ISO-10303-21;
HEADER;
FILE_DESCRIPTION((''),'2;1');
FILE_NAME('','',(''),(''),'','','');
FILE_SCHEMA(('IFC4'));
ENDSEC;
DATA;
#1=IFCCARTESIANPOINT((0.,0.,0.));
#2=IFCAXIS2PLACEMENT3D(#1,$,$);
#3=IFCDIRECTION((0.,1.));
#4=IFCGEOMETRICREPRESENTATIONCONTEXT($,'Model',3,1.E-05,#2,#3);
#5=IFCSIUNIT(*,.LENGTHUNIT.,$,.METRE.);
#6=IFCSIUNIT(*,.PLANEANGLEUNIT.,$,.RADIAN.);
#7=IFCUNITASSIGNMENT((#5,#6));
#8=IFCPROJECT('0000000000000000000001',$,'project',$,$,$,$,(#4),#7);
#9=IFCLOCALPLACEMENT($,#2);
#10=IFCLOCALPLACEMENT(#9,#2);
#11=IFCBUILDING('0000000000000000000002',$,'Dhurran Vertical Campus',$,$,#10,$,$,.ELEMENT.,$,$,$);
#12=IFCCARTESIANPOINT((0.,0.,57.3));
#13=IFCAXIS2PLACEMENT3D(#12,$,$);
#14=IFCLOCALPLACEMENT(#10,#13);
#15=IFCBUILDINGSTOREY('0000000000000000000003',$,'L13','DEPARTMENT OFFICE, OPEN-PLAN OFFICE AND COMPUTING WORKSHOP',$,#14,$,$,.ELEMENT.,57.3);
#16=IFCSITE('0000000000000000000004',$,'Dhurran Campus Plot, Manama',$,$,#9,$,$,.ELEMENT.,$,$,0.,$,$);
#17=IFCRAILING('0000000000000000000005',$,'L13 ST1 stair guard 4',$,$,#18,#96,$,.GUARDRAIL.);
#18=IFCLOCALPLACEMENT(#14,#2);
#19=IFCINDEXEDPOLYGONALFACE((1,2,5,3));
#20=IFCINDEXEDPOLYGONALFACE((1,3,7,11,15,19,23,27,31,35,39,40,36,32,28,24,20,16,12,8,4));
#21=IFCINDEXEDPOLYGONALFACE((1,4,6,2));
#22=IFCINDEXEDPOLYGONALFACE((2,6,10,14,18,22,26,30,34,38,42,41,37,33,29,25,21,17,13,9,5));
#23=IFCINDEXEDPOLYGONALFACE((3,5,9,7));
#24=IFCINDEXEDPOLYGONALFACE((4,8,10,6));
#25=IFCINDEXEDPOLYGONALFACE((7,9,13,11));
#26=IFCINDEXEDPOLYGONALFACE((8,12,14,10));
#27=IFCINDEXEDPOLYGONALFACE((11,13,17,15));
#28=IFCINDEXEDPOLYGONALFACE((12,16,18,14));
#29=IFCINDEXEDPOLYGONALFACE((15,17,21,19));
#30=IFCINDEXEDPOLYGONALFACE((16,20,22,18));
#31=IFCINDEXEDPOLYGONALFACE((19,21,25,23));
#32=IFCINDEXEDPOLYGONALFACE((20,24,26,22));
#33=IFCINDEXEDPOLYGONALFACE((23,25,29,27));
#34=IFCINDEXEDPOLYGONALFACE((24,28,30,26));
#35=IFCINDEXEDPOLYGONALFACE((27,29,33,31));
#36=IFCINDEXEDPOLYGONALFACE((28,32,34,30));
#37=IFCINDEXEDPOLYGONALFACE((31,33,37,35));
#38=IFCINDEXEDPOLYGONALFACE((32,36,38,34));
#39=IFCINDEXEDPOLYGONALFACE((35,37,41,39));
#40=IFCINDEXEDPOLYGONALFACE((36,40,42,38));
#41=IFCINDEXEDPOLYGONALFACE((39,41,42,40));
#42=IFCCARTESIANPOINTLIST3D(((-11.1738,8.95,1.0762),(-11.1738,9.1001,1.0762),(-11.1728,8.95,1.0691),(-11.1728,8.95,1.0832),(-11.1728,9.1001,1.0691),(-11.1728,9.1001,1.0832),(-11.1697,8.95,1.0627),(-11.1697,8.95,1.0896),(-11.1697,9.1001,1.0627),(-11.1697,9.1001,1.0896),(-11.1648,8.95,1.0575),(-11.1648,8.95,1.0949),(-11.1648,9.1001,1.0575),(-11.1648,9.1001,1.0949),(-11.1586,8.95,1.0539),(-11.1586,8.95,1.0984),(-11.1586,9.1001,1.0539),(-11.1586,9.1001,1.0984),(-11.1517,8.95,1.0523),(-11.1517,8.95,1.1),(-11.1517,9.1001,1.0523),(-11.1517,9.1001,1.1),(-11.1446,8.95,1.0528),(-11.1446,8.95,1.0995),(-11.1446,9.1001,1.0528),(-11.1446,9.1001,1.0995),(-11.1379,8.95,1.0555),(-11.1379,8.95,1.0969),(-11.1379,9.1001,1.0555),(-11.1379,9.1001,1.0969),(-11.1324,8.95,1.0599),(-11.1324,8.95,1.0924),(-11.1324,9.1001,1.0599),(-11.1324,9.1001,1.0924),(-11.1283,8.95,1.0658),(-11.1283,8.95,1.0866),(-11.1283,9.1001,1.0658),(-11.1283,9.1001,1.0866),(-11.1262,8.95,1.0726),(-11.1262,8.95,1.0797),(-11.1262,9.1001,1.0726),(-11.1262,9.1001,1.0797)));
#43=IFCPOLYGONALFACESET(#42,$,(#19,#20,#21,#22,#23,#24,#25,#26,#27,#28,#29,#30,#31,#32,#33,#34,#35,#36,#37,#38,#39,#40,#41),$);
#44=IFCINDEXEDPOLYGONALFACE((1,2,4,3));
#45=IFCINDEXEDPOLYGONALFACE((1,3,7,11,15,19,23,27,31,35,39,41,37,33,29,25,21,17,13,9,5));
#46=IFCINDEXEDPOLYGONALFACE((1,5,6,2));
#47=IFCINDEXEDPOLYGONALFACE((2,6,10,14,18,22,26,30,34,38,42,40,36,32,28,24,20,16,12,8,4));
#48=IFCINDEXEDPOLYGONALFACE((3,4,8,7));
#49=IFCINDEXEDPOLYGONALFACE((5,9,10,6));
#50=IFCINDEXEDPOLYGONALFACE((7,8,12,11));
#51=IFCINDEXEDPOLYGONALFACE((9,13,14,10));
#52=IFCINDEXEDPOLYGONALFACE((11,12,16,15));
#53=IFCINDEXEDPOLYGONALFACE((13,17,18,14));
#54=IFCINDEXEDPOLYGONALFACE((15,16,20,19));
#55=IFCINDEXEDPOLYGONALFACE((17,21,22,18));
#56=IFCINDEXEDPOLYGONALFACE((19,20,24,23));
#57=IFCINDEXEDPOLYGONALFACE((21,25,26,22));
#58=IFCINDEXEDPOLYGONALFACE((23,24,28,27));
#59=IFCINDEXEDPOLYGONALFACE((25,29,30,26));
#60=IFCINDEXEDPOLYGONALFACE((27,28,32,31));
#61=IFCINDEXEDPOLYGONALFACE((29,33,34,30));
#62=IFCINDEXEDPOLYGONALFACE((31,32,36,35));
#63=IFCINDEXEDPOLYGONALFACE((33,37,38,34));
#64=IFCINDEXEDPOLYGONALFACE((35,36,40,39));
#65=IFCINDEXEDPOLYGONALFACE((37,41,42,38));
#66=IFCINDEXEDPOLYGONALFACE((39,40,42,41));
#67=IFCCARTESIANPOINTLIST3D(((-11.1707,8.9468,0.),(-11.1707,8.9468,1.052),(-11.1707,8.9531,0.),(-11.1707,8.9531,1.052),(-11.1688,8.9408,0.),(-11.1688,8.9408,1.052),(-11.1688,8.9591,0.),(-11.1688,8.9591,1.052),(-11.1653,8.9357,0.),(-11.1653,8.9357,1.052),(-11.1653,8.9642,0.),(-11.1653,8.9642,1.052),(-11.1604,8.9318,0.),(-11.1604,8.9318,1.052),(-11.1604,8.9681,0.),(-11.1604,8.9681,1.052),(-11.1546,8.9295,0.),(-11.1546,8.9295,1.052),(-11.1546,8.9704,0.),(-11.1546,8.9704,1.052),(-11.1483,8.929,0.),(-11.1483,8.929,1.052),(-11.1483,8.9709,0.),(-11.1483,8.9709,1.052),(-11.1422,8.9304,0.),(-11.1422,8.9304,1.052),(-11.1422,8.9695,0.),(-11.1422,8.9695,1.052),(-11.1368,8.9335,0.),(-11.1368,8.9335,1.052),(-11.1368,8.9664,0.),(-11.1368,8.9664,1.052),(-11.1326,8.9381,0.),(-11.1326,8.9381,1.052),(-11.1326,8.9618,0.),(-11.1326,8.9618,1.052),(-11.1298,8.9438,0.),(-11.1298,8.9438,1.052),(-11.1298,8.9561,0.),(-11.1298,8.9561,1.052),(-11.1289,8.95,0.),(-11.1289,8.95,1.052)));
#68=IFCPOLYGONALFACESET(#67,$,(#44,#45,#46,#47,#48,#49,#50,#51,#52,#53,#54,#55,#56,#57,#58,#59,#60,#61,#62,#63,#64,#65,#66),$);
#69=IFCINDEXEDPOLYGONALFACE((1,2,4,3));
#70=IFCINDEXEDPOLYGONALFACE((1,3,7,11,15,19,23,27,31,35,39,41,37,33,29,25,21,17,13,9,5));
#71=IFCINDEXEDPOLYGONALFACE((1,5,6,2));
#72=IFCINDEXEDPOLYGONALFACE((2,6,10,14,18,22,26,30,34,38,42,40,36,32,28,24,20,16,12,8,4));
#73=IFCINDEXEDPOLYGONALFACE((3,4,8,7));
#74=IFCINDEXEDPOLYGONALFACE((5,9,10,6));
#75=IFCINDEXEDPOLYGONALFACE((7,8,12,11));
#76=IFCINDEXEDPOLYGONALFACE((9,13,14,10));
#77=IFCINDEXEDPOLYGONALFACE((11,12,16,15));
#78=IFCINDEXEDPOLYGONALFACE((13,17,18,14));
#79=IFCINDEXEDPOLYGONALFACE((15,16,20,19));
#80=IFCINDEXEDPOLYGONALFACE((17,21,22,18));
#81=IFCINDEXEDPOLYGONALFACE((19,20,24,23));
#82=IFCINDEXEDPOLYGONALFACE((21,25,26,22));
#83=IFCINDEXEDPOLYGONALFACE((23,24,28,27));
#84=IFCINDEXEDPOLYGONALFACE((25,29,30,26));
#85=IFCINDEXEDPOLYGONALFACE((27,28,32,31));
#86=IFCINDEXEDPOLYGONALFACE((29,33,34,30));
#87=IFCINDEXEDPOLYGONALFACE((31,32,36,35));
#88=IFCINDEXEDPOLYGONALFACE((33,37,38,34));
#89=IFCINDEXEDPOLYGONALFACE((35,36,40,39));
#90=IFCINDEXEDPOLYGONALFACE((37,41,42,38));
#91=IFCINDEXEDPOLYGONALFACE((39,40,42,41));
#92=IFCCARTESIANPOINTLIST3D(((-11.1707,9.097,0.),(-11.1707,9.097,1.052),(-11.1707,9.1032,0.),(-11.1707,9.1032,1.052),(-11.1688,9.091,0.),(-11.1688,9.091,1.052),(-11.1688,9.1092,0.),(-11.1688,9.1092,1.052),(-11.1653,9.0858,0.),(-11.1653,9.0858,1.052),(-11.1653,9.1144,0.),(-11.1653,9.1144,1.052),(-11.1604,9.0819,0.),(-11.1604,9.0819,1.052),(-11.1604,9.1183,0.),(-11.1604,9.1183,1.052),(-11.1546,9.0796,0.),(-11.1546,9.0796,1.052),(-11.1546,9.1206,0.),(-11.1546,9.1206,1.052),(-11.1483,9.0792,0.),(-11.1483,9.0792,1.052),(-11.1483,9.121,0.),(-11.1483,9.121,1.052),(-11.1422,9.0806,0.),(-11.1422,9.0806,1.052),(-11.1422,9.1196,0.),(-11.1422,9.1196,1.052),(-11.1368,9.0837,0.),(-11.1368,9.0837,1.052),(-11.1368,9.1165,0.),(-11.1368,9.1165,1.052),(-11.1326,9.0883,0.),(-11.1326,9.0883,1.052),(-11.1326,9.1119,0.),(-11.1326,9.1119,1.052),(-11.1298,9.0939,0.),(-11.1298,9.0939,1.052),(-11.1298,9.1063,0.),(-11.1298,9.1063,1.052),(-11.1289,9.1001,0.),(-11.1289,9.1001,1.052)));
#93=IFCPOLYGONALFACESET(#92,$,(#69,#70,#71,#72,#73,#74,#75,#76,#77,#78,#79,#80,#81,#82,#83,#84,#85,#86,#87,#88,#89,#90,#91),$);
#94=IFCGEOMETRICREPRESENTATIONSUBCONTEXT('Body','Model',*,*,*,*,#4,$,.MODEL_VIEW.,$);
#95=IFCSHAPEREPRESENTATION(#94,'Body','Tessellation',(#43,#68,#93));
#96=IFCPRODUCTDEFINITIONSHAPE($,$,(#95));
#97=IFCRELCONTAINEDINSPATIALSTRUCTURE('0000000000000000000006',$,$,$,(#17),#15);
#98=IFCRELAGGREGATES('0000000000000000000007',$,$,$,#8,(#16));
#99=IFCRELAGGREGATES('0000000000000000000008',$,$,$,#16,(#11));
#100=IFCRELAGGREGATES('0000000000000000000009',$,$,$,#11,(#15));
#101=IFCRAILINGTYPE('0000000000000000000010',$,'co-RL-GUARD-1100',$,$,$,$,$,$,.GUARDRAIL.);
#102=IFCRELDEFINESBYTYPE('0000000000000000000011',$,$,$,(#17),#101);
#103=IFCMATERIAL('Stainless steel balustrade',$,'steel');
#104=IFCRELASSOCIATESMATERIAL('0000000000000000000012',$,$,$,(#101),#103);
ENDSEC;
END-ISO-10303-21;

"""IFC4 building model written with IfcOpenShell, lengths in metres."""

from ifc_helpers import new_model, si_unit, direction, frame, origin, origin_2d, place, context, subcontext, project, spatial, circle, extrude, material, type_object, element, save


model = new_model("IFC4")

# Units and contexts
model_context = context("Model", 3, precision=1e-05, world=origin(), true_north=direction((0.0, 1.0)))
body_context = subcontext(model_context, "Body", "Model", "MODEL_VIEW")
ifc_project = project(units=[si_unit("LENGTHUNIT", "METRE"), si_unit("PLANEANGLEUNIT", "RADIAN")], contexts=[model_context])

# Site, building, storey
site_placement = place(None, origin())
site = spatial("IfcSite", under=ifc_project, at=site_placement, Name="Dhurran Campus Plot, Manama", CompositionType="ELEMENT", RefElevation=0.0)
building_placement = place(site_placement, origin())
building = spatial("IfcBuilding", under=site, at=building_placement, Name="Dhurran Vertical Campus", CompositionType="ELEMENT")
storey_placement = place(building_placement, frame((0.0, 0.0, 57.3)))
storey = spatial("IfcBuildingStorey", under=building, at=storey_placement, Name="L13", Description="DEPARTMENT OFFICE, OPEN-PLAN OFFICE AND COMPUTING WORKSHOP", CompositionType="ELEMENT", Elevation=57.3)

# Railing
ifc_material_1 = material(Name="Stainless steel balustrade", Category="steel")
railing_type_1 = type_object("IfcRailingType", Name="co-RL-GUARD-1100", PredefinedType="GUARDRAIL", material=ifc_material_1)
railing_1_placement = place(storey_placement, frame((-11.1499, 8.95, 0.0)))
element("IfcRailing", 1, at=railing_1_placement, inside=storey, type_object=railing_type_1, Name="L13 ST1 stair guard 4", PredefinedType="GUARDRAIL", context=body_context, shape_type="SweptSolid", body=[
    extrude(circle(Radius=0.0239, at=origin_2d()), frame((0.0, 0.0, 1.0762), z_axis=(0.0, 1.0, 0.0), x_axis=(-1.0, 0.0, 0.0)), (0.0, 0.0, 1.0), 0.1501),
    extrude(circle(Radius=0.021, at=origin_2d()), origin(), (0.0, 0.0, 1.0), 1.052),
    extrude(circle(Radius=0.021, at=origin_2d()), frame((0.0, 0.1501, 0.0)), (0.0, 0.0, 1.0), 1.052),
])

save(model, "model.ifc")
